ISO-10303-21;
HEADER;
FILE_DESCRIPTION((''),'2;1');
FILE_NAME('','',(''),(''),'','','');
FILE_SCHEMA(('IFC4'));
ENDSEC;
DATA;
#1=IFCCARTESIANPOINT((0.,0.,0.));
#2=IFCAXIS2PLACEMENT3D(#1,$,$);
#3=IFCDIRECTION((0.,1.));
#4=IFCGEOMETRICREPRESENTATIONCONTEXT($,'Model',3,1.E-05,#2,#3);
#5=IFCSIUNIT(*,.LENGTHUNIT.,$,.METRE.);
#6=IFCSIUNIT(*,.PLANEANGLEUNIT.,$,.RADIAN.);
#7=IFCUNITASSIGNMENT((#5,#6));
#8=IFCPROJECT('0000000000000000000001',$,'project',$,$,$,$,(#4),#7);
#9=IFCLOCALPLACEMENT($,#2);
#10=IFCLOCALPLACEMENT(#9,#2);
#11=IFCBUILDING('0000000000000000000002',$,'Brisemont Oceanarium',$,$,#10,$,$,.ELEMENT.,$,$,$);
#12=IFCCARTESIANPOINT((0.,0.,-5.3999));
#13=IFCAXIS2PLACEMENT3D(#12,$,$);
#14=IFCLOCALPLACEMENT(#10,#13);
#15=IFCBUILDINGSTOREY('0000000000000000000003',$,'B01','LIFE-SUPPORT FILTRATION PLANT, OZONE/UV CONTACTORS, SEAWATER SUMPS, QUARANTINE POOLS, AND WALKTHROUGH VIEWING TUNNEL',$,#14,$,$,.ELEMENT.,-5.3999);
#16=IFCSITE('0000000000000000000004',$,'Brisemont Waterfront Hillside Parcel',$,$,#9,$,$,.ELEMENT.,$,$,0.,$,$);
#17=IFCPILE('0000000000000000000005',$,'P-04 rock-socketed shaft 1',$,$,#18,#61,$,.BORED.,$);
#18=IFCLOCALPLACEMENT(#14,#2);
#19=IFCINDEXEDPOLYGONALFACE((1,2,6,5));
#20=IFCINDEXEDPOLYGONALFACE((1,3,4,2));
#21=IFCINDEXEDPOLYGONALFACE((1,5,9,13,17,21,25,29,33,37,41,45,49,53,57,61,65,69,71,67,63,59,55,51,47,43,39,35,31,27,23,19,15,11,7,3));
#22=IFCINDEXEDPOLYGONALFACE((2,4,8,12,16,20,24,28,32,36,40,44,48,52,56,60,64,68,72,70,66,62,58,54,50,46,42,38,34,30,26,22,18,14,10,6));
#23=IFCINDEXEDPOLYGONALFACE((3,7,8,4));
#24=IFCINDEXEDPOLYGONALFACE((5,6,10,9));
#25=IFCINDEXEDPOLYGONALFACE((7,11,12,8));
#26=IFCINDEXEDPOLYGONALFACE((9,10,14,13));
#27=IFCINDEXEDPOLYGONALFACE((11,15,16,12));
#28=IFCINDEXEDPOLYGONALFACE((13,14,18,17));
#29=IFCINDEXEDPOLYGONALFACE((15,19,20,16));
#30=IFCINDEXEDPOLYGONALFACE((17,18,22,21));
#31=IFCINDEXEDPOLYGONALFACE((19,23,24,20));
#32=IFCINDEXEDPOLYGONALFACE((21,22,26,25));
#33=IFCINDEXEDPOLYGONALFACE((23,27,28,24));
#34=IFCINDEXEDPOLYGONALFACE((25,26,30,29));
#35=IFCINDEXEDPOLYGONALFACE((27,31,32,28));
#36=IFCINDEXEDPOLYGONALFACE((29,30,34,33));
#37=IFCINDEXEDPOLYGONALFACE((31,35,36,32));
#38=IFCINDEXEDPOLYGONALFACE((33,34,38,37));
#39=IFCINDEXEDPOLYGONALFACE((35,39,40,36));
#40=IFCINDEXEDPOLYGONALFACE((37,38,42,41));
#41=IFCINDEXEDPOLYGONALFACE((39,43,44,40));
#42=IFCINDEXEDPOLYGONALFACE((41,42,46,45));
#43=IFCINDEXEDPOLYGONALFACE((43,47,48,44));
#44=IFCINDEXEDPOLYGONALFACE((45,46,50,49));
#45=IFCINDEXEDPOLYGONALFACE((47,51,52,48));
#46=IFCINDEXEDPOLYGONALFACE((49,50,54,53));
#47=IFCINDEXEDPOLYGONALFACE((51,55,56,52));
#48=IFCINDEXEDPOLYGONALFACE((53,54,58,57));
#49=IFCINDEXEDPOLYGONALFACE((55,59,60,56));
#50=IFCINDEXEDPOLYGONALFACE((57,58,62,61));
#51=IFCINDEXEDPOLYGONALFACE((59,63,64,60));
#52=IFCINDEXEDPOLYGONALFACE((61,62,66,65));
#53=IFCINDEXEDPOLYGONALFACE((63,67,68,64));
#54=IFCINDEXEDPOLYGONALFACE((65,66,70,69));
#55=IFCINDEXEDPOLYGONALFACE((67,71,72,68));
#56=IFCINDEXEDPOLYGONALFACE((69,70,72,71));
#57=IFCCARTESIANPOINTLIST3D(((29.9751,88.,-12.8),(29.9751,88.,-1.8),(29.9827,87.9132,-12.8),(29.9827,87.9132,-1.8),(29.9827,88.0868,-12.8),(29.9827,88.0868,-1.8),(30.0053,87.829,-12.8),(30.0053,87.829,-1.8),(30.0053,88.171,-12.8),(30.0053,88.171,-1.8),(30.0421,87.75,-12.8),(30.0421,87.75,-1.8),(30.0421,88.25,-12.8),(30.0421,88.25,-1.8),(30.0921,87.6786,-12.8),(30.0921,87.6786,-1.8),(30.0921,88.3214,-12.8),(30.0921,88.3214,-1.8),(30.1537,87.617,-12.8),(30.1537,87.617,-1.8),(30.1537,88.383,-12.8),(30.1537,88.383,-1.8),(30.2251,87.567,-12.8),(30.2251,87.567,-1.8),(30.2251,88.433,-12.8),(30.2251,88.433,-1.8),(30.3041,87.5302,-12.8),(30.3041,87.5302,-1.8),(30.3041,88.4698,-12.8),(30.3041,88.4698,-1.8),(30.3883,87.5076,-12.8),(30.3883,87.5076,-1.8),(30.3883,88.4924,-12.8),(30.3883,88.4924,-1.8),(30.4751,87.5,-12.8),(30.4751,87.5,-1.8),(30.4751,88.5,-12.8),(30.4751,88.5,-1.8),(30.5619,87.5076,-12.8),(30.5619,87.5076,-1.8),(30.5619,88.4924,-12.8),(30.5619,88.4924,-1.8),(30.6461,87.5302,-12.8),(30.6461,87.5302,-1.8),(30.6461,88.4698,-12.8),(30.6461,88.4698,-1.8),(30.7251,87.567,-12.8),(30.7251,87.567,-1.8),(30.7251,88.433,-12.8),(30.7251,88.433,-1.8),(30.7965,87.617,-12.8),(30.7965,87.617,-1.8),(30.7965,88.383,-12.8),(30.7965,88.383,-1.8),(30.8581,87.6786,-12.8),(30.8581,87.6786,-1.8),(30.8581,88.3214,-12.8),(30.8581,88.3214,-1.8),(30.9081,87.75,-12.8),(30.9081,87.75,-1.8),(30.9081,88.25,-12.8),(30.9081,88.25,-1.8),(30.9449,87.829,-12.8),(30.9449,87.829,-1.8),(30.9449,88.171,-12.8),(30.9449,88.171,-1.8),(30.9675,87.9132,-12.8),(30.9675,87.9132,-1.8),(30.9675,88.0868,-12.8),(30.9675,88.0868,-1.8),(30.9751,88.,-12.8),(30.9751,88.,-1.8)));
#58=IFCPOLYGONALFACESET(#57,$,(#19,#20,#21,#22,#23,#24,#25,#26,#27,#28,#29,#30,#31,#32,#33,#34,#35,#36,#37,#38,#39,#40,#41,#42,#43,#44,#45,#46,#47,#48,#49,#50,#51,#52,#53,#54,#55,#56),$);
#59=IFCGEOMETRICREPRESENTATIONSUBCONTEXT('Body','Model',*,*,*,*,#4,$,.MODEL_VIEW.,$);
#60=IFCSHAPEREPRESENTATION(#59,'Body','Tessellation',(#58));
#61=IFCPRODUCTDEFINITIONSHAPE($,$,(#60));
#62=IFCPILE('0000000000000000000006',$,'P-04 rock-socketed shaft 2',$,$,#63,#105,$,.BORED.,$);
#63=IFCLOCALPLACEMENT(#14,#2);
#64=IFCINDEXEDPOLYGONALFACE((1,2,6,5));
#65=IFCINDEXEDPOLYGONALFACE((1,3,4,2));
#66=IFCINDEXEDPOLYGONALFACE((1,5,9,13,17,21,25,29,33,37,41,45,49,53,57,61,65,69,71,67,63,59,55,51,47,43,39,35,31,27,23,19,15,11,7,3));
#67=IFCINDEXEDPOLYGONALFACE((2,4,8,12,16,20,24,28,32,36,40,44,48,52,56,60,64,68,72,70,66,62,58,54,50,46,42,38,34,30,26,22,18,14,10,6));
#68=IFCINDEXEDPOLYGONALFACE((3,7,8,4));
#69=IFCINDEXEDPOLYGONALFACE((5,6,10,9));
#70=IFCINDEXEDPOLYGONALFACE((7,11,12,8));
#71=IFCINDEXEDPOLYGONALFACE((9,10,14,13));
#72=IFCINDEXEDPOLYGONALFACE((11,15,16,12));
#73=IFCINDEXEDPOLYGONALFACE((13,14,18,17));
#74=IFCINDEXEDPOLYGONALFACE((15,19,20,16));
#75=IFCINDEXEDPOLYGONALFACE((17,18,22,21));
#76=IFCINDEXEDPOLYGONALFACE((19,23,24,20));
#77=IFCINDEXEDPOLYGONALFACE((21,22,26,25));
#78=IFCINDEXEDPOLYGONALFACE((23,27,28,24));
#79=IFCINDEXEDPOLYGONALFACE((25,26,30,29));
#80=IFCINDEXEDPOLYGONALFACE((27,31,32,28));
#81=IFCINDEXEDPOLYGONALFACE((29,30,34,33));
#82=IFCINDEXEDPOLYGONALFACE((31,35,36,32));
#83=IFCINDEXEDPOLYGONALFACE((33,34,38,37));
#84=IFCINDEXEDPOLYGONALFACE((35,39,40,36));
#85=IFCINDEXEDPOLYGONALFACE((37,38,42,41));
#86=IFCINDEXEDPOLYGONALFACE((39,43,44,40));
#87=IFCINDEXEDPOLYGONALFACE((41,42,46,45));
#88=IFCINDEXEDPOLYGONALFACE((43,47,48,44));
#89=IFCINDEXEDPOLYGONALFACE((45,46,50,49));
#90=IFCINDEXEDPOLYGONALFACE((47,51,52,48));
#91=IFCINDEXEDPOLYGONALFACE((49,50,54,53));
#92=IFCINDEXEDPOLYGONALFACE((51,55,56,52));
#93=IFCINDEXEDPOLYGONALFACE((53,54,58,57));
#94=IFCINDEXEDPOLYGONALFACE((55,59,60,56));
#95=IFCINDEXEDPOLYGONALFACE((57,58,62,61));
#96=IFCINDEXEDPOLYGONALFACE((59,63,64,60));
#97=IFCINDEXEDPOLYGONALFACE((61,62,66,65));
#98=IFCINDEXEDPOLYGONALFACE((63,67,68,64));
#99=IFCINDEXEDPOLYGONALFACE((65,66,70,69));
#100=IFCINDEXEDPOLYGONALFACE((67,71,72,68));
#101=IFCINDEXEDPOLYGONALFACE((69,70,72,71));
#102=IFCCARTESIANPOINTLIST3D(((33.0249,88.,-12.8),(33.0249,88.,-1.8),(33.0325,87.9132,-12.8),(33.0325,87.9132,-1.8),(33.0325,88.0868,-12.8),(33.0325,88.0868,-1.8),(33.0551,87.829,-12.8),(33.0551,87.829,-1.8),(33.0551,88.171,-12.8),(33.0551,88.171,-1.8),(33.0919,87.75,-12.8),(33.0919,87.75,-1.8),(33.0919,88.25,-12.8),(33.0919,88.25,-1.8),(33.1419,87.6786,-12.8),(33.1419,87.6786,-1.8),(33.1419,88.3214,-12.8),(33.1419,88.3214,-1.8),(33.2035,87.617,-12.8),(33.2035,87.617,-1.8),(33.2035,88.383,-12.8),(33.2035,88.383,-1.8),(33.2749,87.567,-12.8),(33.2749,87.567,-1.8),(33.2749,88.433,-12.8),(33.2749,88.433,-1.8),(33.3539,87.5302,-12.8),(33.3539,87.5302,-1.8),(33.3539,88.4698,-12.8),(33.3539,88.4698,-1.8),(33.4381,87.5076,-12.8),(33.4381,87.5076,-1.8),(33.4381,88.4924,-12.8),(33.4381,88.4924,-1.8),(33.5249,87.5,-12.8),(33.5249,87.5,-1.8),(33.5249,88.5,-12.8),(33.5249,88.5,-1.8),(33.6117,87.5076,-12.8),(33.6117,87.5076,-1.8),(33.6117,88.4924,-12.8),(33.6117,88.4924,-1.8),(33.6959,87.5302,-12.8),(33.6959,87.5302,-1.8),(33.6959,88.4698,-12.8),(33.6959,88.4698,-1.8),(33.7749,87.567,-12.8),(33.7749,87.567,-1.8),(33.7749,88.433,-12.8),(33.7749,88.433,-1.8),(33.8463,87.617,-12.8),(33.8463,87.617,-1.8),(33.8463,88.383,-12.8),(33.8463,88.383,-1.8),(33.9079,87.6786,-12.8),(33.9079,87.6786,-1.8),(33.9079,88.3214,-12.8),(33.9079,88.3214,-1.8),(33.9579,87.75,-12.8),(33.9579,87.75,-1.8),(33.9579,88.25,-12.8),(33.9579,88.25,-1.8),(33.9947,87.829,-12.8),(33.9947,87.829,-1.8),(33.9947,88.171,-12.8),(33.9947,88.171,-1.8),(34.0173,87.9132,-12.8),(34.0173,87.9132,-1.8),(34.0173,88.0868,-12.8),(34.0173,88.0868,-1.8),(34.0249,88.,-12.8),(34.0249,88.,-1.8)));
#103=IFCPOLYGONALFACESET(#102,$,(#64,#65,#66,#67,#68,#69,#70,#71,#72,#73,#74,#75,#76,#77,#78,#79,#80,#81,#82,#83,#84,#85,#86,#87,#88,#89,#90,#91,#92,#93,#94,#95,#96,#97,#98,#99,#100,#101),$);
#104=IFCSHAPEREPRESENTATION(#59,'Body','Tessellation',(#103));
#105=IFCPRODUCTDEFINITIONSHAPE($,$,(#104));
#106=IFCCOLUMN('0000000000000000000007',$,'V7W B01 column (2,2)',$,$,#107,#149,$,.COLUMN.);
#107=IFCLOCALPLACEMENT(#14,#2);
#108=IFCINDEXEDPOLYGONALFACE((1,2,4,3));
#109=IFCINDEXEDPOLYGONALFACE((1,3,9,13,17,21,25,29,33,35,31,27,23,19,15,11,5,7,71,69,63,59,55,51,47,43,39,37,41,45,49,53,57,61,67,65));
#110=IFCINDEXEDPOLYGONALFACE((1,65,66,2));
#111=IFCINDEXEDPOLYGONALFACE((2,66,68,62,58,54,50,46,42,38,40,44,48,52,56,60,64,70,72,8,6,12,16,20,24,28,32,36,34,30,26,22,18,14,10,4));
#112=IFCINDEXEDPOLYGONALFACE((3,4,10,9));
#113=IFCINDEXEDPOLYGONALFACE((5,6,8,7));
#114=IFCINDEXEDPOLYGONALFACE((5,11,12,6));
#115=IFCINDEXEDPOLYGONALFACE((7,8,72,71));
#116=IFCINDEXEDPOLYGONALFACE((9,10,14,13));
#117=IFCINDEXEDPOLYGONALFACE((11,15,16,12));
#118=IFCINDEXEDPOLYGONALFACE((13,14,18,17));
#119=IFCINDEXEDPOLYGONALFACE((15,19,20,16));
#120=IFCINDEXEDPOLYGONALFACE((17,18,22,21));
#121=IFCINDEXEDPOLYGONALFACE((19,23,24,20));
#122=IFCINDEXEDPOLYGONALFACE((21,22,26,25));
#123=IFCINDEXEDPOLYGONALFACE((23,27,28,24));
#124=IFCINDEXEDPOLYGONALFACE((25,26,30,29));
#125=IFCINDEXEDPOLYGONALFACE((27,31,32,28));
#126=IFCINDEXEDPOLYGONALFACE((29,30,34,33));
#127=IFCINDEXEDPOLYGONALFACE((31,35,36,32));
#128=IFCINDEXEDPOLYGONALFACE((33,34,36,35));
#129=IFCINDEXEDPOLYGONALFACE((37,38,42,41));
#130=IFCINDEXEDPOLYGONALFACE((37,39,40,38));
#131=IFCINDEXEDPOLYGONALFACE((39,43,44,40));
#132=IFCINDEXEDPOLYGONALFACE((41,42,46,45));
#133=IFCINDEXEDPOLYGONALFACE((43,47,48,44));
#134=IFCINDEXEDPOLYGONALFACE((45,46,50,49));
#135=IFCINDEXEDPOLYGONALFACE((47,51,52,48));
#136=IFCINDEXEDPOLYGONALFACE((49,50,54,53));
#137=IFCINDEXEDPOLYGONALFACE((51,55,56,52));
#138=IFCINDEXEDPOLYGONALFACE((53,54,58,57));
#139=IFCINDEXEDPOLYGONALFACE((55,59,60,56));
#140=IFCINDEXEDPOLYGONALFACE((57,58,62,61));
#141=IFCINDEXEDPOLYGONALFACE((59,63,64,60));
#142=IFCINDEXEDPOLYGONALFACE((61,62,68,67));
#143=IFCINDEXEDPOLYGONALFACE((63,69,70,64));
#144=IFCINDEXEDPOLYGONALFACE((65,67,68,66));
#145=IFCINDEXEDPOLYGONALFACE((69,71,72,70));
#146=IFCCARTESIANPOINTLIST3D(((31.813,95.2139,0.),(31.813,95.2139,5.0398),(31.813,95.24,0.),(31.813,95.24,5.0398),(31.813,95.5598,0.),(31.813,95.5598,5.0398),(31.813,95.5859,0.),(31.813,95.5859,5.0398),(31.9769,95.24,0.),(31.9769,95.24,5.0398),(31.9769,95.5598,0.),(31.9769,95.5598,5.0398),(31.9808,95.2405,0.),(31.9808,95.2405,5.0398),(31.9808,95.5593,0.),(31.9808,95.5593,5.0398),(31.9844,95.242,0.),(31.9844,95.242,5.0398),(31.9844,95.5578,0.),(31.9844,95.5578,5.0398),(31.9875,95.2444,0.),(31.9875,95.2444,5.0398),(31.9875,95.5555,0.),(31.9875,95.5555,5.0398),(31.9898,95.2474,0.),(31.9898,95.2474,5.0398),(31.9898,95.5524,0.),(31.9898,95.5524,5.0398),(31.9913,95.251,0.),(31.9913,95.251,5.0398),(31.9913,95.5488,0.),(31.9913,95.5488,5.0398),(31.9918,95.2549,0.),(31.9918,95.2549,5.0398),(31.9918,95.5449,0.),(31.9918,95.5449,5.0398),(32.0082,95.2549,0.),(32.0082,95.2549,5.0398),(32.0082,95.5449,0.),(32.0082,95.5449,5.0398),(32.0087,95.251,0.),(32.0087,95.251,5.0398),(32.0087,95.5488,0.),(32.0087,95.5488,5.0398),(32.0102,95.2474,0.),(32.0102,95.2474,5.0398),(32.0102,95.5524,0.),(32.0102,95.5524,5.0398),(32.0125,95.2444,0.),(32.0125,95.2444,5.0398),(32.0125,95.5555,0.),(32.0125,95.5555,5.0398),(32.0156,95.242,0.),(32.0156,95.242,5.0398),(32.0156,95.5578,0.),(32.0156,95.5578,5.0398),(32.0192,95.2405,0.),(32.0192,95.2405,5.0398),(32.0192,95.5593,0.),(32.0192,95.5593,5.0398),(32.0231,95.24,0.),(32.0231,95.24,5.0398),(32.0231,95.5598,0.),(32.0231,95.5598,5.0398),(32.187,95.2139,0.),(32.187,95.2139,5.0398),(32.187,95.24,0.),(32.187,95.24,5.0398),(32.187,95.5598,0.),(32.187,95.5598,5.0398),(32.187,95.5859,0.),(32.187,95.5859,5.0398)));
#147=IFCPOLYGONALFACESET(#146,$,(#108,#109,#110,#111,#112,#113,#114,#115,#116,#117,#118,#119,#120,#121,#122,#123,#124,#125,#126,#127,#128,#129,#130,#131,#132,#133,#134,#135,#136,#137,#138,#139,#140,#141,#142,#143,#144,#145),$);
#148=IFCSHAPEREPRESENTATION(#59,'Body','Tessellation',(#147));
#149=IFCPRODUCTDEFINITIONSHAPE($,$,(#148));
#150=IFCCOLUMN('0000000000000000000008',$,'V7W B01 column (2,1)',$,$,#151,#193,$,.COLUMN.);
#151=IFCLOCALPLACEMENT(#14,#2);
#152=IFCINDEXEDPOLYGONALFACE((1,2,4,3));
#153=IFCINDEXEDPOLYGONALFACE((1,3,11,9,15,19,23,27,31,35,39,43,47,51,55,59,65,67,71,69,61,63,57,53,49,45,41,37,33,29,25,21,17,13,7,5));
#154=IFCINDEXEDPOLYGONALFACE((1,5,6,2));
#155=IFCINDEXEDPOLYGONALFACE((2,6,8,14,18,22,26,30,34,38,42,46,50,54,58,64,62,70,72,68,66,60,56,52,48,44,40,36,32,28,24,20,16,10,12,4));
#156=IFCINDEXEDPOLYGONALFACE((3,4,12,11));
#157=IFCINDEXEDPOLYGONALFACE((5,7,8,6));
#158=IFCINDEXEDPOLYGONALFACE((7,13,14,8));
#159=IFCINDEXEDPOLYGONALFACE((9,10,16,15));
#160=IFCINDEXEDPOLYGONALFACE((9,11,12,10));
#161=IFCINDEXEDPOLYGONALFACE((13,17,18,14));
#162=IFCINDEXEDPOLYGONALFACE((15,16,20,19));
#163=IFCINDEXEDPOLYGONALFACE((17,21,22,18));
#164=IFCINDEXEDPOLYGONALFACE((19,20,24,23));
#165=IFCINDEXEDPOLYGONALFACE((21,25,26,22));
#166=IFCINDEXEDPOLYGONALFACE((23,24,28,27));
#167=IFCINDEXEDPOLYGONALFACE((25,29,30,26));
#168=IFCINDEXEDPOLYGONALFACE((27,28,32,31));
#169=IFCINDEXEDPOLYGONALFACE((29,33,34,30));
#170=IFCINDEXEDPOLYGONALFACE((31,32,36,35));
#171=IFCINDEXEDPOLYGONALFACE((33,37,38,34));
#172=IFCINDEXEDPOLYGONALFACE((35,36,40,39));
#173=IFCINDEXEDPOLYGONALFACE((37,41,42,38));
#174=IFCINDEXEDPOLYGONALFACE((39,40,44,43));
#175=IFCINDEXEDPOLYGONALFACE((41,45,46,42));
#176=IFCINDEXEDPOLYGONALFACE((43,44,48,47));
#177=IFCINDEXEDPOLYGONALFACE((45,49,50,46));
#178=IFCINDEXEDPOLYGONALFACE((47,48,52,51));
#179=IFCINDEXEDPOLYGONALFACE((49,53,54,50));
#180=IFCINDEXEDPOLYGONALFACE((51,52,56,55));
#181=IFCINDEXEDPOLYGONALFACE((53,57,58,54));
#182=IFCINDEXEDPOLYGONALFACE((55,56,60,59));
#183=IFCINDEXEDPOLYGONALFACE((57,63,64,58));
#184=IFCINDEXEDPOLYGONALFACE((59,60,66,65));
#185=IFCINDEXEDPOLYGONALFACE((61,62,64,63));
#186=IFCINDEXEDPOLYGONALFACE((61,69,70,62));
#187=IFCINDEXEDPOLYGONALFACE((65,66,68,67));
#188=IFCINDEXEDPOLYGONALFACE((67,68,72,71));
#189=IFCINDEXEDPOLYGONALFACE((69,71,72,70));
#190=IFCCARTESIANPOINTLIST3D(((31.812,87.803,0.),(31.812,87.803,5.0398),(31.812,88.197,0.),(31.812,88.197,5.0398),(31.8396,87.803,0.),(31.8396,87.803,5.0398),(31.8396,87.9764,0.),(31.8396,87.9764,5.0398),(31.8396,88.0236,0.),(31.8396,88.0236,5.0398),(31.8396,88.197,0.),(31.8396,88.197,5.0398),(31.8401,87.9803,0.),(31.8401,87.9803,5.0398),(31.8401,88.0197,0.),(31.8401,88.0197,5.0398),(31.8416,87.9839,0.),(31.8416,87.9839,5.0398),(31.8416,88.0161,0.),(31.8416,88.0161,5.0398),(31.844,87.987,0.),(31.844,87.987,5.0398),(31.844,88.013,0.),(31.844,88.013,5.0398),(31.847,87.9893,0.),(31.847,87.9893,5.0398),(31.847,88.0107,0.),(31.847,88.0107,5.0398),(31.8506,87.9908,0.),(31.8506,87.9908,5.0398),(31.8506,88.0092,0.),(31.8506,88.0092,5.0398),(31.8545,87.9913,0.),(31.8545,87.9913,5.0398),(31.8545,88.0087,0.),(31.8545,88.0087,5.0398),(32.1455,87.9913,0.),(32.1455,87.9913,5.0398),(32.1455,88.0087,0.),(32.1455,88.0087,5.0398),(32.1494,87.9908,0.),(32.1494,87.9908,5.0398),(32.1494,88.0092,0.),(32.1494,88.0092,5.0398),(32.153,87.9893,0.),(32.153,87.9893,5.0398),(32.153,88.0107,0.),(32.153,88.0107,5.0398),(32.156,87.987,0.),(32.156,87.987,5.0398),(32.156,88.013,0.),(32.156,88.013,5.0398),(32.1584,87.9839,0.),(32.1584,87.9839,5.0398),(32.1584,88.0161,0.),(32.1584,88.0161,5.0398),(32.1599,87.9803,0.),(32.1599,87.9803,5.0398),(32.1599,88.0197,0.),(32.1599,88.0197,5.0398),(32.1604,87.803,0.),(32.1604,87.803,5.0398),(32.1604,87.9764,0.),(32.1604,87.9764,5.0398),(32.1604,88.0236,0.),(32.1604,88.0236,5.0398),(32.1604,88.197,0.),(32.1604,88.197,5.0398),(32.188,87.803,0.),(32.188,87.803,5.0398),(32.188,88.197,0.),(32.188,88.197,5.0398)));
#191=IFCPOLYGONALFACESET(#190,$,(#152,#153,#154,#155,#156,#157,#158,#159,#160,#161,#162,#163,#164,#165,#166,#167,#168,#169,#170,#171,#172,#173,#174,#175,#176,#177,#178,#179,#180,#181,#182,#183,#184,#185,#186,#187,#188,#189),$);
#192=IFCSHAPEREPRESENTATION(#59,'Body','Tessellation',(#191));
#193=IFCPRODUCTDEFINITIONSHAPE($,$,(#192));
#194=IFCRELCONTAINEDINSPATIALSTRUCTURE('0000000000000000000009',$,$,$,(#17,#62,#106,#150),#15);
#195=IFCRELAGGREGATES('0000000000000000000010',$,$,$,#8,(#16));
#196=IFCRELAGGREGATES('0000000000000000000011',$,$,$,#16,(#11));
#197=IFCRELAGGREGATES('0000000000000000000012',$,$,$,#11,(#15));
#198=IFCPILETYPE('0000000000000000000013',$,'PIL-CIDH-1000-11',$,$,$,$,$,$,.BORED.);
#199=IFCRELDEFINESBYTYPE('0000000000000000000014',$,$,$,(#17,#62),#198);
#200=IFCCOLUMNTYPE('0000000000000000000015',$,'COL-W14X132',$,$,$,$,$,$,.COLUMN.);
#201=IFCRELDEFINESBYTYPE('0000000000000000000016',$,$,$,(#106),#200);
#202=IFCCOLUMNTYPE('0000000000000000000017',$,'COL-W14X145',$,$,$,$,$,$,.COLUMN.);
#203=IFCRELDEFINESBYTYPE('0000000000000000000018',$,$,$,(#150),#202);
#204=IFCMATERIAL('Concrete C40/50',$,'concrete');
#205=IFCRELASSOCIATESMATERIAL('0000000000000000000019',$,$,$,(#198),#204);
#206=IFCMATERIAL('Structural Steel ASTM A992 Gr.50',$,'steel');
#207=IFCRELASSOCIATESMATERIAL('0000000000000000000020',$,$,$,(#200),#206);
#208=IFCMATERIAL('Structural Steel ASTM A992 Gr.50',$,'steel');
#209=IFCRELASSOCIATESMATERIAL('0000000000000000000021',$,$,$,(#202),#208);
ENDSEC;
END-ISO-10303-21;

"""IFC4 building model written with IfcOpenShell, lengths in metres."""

from ifc_helpers import new_model, si_unit, direction, frame, origin, origin_2d, place, context, subcontext, project, spatial, circle, i_section, extrude, material, material_profile, profile_set, type_object, element, save


model = new_model("IFC4")

# Units and contexts
model_context = context("Model", 3, precision=1e-05, world=origin(), true_north=direction((0.0, 1.0)))
body_context = subcontext(model_context, "Body", "Model", "MODEL_VIEW")
ifc_project = project(units=[si_unit("LENGTHUNIT", "METRE"), si_unit("PLANEANGLEUNIT", "RADIAN")], contexts=[model_context])

# Site, building, storey
site_placement = place(None, origin())
site = spatial("IfcSite", under=ifc_project, at=site_placement, Name="Brisemont Waterfront Hillside Parcel", CompositionType="ELEMENT", RefElevation=0.0)
building_placement = place(site_placement, origin())
building = spatial("IfcBuilding", under=site, at=building_placement, Name="Brisemont Oceanarium", CompositionType="ELEMENT")
storey_placement = place(building_placement, frame((0.0, 0.0, -5.3999)))
storey = spatial("IfcBuildingStorey", under=building, at=storey_placement, Name="B01", Description="LIFE-SUPPORT FILTRATION PLANT, OZONE/UV CONTACTORS, SEAWATER SUMPS, QUARANTINE POOLS, AND WALKTHROUGH VIEWING TUNNEL", CompositionType="ELEMENT", Elevation=-5.3999)

# Piles
ifc_material_1 = material(Name="Concrete C40/50", Category="concrete")
ifc_material_profile_1 = material_profile(ifc_material_1, circle(Radius=0.5, at=origin_2d()), Name="CIDH-D1000")
ifc_profile_set_1 = profile_set([ifc_material_profile_1], Name="Concrete C40/50")
pile_type = type_object("IfcPileType", Name="PIL-CIDH-1000-11", PredefinedType="BORED", material=ifc_profile_set_1)
for number, where, z_axis, x_axis, name in (
    (1, (30.4751, 88.0, -1.8), (0.0, 0.0, -1.0), (1.0, 0.0, 0.0), "P-04 rock-socketed shaft 1"),
    (2, (33.5249, 88.0, -1.8), (0.0, 0.0, -1.0), (1.0, 0.0, 0.0), "P-04 rock-socketed shaft 2"),
):
    element("IfcPile", number, at=place(storey_placement, frame(where, z_axis=z_axis, x_axis=x_axis)), inside=storey, type_object=pile_type, Name=name, PredefinedType="BORED", context=body_context, shape_type="SweptSolid", body=[
        extrude(circle(Radius=0.5, at=origin_2d()), origin(), (0.0, 0.0, 1.0), 11.0),
    ])

# Columns
ifc_material_2 = material(Name="Structural Steel ASTM A992 Gr.50", Category="steel")
ifc_material_profile_2 = material_profile(ifc_material_2, i_section(OverallWidth=0.374, OverallDepth=0.3721, WebThickness=0.0164, FlangeThickness=0.0261, FilletRadius=0.0149, at=origin_2d()), Name="W14X132")
ifc_profile_set_2 = profile_set([ifc_material_profile_2], Name="Structural Steel ASTM A992 Gr.50")
column_type_1 = type_object("IfcColumnType", Name="COL-W14X132", PredefinedType="COLUMN", material=ifc_profile_set_2)
column_1_placement = place(storey_placement, frame((32.0, 95.3999, 0.0), z_axis=(0.0, 0.0, 1.0), x_axis=(1.0, 0.0, 0.0)))
element("IfcColumn", 3, at=column_1_placement, inside=storey, type_object=column_type_1, Name="V7W B01 column (2,2)", PredefinedType="COLUMN", context=body_context, shape_type="SweptSolid", body=[
    extrude(i_section(OverallWidth=0.374, OverallDepth=0.3721, WebThickness=0.0164, FlangeThickness=0.0261, FilletRadius=0.0149, at=origin_2d()), origin(), (0.0, 0.0, 1.0), 5.0398),
])
ifc_material_3 = material(Name="Structural Steel ASTM A992 Gr.50", Category="steel")
ifc_material_profile_3 = material_profile(ifc_material_3, i_section(OverallWidth=0.394, OverallDepth=0.376, WebThickness=0.0173, FlangeThickness=0.0276, FilletRadius=0.0149, at=origin_2d()), Name="W14X145")
ifc_profile_set_3 = profile_set([ifc_material_profile_3], Name="Structural Steel ASTM A992 Gr.50")
column_type_2 = type_object("IfcColumnType", Name="COL-W14X145", PredefinedType="COLUMN", material=ifc_profile_set_3)
column_2_placement = place(storey_placement, frame((32.0, 88.0, 0.0), z_axis=(0.0, 0.0, 1.0), x_axis=(0.0, 1.0, 0.0)))
element("IfcColumn", 4, at=column_2_placement, inside=storey, type_object=column_type_2, Name="V7W B01 column (2,1)", PredefinedType="COLUMN", context=body_context, shape_type="SweptSolid", body=[
    extrude(i_section(OverallWidth=0.394, OverallDepth=0.376, WebThickness=0.0173, FlangeThickness=0.0276, FilletRadius=0.0149, at=origin_2d()), origin(), (0.0, 0.0, 1.0), 5.0398),
])

save(model, "model.ifc")
